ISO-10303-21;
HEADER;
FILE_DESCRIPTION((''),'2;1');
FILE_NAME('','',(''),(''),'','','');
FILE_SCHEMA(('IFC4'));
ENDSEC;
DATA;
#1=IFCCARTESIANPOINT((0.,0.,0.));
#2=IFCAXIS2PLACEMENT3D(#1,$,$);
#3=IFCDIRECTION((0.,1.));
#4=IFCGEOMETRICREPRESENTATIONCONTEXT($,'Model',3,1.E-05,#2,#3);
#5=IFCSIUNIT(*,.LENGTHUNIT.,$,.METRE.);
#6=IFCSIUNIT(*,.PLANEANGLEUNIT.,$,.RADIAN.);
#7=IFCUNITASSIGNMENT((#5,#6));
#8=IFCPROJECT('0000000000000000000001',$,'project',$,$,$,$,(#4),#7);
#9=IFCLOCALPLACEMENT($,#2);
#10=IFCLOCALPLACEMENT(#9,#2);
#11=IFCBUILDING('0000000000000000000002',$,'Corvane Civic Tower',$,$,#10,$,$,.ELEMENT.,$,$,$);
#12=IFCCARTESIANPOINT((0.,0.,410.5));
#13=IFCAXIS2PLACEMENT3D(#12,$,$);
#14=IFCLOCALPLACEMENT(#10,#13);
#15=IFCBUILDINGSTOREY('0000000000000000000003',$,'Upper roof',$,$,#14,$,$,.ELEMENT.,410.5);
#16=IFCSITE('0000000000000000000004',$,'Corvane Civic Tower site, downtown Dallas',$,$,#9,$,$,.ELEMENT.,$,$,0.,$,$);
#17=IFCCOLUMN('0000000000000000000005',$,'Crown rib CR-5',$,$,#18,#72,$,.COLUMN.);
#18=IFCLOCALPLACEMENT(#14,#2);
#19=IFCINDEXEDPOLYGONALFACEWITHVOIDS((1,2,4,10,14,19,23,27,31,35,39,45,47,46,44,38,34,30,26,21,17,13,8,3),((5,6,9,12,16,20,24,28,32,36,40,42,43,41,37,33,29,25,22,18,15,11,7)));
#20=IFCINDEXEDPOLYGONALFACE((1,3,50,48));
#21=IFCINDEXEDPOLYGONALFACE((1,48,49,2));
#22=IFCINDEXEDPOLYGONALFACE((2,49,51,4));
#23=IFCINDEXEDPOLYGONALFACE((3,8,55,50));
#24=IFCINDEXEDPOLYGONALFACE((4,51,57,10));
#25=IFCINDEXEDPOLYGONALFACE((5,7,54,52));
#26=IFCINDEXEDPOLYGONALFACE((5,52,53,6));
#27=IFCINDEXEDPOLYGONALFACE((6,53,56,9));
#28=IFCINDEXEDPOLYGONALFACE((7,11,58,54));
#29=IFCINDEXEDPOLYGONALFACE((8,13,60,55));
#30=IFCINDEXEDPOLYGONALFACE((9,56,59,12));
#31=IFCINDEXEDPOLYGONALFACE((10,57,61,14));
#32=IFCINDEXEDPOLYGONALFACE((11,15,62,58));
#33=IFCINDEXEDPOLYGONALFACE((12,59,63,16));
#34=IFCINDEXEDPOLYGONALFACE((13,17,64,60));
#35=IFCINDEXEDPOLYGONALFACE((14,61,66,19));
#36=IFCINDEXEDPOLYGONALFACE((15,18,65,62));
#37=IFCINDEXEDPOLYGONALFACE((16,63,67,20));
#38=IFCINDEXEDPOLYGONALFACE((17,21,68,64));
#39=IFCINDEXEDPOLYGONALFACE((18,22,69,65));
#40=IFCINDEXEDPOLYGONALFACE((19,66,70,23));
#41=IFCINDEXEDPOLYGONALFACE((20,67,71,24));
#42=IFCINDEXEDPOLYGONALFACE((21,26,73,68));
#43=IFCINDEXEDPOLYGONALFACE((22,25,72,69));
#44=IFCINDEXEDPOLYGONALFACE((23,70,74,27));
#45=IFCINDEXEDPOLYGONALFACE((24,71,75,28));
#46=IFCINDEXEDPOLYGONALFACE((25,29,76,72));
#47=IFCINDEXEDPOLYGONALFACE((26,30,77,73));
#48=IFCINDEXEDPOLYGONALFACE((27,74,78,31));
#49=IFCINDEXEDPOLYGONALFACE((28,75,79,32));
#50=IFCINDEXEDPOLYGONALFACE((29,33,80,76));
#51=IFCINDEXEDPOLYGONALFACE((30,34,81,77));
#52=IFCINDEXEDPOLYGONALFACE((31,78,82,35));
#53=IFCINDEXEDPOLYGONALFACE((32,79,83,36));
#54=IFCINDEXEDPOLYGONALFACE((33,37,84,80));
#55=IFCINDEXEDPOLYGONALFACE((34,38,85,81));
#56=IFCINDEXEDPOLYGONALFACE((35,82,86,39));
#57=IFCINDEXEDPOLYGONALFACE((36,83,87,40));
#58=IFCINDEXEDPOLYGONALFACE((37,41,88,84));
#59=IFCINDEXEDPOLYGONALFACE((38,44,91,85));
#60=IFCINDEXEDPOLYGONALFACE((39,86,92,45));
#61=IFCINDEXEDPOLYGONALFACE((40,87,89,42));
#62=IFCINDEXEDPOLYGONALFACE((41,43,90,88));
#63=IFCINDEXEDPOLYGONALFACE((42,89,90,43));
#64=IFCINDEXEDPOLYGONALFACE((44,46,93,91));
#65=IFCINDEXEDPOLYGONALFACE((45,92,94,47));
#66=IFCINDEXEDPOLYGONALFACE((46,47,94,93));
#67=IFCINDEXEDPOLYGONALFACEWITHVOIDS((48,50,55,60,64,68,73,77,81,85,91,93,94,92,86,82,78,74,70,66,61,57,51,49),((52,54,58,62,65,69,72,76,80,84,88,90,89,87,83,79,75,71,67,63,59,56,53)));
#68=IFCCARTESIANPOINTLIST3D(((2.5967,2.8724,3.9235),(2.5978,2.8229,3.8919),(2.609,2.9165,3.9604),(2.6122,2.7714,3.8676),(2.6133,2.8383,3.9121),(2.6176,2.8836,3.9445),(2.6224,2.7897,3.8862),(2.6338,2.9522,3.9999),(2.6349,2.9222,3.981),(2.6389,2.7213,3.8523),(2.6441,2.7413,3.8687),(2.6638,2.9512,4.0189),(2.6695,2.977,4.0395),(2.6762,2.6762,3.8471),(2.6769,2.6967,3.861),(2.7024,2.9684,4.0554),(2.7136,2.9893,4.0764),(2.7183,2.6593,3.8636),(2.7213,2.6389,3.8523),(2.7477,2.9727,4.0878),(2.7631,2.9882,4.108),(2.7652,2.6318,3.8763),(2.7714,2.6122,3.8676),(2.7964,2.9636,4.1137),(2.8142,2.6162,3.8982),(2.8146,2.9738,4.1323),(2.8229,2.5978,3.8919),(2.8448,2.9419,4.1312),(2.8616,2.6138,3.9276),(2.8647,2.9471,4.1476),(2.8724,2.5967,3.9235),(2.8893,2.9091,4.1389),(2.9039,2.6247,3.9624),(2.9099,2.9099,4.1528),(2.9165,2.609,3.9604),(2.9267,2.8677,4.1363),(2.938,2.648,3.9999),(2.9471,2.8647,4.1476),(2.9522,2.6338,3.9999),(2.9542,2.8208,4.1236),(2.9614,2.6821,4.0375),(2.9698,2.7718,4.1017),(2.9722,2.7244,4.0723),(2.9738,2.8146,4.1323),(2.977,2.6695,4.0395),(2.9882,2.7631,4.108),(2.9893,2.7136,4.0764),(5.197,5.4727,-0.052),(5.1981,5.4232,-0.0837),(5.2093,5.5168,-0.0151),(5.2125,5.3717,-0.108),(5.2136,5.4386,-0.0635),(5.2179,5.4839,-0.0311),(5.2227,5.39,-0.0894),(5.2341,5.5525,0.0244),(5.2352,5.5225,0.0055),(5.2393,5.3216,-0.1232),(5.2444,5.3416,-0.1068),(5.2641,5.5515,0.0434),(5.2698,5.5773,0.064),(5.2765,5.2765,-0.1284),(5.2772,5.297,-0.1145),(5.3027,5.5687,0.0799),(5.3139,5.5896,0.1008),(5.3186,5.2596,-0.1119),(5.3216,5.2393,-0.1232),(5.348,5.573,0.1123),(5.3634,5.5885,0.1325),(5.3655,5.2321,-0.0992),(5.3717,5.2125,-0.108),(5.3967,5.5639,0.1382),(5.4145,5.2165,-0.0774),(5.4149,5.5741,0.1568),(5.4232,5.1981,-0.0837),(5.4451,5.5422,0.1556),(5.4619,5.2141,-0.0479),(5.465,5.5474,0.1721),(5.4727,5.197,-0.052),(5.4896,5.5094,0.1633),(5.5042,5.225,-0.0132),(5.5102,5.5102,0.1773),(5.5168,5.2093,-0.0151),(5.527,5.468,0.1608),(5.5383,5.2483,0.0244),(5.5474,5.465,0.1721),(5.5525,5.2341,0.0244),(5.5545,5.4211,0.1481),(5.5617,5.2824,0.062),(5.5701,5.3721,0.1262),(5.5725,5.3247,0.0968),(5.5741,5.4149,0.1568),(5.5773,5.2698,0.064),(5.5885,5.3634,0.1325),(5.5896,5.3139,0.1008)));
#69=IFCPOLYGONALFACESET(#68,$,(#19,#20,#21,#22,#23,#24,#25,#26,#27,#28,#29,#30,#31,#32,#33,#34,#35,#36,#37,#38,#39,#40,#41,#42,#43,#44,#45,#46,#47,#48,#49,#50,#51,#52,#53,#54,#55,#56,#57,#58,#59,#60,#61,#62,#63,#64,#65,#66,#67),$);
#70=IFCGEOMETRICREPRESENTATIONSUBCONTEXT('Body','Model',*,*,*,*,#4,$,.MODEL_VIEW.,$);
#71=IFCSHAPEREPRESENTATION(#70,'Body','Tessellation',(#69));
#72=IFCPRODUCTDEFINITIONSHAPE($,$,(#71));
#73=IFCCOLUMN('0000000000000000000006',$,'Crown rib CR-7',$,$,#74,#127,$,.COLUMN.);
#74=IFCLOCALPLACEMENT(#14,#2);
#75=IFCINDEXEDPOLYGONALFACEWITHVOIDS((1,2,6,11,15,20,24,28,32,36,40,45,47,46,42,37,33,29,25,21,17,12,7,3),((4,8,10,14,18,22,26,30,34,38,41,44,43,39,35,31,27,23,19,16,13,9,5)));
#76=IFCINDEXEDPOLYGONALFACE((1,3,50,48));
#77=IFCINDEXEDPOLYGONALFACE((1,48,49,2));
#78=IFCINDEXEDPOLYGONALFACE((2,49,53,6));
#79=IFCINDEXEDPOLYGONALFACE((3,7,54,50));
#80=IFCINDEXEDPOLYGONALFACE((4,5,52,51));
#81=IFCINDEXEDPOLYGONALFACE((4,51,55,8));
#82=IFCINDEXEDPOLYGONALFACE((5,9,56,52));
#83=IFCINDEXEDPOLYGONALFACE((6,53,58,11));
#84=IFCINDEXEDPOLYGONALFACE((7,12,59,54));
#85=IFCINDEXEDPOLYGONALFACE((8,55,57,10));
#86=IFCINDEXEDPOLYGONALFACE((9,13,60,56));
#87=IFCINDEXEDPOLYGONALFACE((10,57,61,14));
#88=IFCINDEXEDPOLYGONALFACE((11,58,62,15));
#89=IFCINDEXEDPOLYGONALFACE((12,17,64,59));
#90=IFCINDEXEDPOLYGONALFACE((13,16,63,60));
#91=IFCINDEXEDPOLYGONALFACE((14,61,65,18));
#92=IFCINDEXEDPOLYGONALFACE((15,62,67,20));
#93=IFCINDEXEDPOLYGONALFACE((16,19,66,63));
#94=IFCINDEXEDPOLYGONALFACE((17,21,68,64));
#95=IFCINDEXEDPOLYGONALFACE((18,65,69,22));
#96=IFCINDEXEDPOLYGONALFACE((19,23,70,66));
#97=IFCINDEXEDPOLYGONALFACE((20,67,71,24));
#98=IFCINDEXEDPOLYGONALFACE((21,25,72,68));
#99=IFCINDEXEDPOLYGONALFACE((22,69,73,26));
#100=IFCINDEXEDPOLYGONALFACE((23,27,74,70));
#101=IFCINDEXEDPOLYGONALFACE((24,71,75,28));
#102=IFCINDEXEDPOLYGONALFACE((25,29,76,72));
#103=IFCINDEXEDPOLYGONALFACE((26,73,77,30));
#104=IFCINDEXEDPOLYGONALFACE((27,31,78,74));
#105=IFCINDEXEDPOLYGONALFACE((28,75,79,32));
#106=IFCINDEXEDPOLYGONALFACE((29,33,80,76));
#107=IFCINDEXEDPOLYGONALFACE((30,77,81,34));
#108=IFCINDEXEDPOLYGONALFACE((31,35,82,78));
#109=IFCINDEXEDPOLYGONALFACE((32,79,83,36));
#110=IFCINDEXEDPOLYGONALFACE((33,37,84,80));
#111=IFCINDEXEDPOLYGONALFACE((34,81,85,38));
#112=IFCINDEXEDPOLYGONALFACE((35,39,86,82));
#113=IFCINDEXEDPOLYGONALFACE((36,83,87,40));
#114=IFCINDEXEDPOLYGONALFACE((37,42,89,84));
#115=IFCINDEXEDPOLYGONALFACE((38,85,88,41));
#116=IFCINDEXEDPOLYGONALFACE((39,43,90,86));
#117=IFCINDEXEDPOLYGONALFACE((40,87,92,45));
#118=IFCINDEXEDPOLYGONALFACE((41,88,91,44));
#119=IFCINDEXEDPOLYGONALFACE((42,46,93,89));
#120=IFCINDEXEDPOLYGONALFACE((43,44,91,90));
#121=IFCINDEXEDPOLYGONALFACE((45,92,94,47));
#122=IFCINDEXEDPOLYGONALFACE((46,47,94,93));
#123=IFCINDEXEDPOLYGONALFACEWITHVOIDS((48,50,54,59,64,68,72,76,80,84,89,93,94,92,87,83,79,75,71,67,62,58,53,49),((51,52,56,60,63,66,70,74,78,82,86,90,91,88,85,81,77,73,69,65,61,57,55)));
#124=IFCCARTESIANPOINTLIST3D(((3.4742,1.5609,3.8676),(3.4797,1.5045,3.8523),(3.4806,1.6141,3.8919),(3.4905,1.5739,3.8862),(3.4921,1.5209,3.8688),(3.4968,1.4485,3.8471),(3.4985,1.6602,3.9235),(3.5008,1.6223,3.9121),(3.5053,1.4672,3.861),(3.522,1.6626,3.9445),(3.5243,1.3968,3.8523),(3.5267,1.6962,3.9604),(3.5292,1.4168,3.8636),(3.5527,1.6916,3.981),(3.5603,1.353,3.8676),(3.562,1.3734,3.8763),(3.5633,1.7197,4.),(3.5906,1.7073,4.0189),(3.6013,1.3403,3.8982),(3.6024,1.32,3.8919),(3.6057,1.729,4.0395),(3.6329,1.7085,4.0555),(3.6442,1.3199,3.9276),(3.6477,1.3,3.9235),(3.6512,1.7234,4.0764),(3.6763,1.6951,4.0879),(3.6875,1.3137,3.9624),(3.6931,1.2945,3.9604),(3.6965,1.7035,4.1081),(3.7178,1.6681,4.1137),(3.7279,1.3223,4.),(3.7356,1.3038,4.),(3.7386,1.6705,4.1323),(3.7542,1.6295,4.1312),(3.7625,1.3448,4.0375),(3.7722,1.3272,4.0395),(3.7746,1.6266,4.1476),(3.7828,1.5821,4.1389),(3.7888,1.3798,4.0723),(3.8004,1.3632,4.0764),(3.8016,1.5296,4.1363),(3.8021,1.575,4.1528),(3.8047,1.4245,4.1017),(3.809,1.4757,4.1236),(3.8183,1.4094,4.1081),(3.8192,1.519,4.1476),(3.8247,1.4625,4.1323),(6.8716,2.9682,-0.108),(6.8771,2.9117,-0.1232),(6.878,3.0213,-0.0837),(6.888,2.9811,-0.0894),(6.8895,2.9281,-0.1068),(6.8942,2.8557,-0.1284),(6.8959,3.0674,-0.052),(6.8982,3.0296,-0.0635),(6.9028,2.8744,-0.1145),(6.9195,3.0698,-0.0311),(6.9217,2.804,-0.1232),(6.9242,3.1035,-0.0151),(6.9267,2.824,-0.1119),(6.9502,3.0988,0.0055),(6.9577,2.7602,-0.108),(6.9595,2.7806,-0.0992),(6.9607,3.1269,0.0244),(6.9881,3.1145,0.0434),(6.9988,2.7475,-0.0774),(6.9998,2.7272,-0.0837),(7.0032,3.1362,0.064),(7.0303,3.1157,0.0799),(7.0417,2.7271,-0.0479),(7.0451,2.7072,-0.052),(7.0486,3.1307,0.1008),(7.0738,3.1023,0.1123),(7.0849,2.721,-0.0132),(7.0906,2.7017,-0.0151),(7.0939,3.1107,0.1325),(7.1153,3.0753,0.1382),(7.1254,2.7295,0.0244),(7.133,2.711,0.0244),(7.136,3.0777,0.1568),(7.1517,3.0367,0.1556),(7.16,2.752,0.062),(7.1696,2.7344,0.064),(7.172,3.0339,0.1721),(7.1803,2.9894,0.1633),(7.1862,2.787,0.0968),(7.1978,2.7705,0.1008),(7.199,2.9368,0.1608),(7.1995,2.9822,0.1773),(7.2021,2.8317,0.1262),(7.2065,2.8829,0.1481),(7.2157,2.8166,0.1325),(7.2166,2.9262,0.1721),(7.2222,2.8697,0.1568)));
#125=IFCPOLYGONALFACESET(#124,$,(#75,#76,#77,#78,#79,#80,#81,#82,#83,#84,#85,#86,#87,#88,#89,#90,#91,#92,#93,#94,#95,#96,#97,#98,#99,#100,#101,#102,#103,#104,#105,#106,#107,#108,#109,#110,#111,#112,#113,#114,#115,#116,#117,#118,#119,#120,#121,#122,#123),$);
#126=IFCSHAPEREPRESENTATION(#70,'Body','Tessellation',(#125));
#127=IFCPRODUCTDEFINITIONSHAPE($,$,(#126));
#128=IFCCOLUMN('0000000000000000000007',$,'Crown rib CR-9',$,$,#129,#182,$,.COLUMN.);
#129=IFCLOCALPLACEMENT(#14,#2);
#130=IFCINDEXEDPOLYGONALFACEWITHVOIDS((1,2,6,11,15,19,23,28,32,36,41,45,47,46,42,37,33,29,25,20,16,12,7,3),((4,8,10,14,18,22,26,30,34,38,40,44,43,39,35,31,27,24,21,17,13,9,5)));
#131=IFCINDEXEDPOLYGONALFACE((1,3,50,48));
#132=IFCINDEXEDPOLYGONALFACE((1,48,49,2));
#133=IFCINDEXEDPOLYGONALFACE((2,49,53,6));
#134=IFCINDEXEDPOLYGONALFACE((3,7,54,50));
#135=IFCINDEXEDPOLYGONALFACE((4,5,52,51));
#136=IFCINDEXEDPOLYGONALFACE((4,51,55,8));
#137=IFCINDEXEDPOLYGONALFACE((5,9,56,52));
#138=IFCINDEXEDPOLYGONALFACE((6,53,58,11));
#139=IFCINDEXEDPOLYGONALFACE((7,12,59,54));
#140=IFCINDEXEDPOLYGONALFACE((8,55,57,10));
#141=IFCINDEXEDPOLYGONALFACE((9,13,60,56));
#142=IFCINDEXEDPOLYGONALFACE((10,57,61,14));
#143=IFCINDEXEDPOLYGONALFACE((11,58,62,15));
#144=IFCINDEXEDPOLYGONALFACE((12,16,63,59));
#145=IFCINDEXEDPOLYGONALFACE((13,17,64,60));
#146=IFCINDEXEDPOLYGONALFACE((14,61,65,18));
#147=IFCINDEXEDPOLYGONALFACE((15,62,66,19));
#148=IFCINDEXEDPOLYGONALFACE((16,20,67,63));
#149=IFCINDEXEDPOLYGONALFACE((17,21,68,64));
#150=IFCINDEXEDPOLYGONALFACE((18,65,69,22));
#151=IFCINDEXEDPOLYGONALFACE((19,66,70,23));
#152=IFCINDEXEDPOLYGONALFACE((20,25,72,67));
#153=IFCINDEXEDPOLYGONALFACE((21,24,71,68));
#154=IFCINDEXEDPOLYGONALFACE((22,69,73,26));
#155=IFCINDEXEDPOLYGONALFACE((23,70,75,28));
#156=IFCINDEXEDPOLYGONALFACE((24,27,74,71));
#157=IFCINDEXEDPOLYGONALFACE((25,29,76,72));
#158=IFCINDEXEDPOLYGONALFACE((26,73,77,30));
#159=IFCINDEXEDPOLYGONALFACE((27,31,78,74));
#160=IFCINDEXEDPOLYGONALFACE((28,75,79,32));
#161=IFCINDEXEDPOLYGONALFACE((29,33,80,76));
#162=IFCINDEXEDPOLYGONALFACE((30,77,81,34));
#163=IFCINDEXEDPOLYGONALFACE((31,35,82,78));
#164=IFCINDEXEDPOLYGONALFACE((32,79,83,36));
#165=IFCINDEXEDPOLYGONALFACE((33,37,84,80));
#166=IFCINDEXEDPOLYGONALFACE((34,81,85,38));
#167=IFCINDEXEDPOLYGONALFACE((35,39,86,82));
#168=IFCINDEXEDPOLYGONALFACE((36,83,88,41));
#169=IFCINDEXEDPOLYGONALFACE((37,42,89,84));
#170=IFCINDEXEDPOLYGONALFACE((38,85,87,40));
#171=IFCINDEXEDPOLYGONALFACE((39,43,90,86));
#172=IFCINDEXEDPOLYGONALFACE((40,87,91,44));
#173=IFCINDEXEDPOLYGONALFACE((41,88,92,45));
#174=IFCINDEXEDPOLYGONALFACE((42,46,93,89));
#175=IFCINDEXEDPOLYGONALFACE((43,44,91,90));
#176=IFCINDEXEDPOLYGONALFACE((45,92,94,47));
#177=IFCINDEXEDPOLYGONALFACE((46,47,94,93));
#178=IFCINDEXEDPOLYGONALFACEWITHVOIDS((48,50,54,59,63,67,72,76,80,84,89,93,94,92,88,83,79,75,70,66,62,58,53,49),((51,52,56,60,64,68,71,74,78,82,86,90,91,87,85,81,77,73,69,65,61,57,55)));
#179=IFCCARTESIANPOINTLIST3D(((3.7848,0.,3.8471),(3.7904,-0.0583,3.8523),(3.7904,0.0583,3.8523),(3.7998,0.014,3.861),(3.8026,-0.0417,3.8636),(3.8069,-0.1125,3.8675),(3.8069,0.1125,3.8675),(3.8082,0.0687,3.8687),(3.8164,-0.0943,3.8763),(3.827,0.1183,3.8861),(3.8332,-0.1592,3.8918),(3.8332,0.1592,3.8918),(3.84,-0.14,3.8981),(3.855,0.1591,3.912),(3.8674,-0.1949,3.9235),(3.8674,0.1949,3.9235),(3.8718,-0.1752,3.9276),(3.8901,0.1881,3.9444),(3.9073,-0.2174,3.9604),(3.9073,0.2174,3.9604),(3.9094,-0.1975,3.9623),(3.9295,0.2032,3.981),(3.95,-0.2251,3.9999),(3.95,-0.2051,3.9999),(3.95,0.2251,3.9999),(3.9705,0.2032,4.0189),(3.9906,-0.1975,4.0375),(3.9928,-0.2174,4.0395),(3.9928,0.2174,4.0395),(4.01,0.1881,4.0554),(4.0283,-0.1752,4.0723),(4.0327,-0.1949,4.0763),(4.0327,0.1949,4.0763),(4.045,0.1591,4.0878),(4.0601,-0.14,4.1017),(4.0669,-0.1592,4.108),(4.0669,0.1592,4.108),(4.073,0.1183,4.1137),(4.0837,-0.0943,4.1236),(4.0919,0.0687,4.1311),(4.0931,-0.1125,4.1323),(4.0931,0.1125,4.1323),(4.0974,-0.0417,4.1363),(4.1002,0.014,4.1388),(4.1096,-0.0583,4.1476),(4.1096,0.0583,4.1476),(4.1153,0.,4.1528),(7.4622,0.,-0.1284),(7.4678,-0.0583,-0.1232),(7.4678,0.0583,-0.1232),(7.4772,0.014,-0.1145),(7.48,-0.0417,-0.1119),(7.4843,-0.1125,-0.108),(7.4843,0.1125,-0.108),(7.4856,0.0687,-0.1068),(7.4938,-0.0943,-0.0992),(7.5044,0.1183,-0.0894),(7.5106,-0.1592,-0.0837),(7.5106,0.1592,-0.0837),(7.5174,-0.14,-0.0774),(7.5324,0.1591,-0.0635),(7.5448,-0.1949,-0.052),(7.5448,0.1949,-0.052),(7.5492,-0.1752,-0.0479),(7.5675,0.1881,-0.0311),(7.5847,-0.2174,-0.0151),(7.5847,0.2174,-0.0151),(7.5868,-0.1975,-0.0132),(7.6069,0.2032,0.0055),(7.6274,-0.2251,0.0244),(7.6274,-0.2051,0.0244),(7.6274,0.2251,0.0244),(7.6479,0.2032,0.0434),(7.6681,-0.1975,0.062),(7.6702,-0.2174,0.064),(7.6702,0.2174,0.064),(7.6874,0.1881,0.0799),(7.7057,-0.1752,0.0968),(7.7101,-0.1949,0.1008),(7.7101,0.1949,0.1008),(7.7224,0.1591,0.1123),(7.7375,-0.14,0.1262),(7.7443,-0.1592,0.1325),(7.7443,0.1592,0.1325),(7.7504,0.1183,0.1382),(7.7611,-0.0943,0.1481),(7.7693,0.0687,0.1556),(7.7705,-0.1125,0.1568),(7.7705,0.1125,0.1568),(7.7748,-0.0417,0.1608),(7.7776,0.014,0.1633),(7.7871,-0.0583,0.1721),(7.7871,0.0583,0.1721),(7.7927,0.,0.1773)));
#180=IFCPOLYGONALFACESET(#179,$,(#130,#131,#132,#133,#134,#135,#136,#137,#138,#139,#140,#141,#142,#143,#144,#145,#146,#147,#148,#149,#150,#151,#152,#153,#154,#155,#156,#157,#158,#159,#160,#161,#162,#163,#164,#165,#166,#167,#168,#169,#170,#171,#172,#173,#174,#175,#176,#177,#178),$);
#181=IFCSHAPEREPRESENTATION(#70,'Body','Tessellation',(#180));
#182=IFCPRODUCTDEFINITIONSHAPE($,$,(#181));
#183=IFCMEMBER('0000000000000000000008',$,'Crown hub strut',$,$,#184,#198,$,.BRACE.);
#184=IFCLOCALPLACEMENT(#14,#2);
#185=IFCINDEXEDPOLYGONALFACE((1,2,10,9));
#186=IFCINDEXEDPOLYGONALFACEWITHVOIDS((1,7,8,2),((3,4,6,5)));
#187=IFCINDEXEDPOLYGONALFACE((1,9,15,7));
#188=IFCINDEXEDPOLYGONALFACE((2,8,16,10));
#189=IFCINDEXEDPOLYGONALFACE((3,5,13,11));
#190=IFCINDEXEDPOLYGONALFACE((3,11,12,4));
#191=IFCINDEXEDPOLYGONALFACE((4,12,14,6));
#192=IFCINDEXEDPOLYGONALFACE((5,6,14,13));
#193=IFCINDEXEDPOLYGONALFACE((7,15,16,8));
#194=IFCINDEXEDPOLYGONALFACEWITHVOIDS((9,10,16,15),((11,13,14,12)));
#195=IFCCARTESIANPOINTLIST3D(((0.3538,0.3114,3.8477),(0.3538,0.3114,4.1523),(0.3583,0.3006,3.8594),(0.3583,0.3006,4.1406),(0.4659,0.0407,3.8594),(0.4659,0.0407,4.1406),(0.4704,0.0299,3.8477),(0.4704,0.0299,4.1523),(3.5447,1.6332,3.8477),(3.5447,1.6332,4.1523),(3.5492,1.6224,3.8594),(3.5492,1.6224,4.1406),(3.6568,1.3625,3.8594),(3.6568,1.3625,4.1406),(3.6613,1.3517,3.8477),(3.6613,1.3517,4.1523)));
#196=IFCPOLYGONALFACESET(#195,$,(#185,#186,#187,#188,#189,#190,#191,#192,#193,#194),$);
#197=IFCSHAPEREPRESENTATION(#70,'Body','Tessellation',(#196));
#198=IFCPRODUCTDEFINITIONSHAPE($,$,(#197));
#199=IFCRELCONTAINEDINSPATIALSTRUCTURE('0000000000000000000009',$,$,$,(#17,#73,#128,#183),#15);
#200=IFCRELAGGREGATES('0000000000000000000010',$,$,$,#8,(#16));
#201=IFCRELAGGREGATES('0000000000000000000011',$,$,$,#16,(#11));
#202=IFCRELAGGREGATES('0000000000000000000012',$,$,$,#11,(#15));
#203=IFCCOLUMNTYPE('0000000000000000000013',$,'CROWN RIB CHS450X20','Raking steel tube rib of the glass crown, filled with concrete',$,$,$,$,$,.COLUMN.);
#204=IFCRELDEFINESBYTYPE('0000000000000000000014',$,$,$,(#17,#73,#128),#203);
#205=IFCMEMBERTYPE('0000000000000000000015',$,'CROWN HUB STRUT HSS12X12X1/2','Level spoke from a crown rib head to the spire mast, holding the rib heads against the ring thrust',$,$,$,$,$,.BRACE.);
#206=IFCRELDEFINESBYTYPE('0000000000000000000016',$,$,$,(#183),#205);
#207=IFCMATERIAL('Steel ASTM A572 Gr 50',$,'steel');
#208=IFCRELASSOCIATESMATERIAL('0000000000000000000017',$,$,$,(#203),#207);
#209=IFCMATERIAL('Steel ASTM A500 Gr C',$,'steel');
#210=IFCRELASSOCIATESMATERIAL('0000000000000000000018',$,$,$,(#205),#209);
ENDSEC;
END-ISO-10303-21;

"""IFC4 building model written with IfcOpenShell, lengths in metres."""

from ifc_helpers import new_model, si_unit, direction, frame, origin, origin_2d, place, context, subcontext, project, spatial, hollow_rectangle, hollow_circle, extrude, material, material_profile, profile_set, type_object, element, save


model = new_model("IFC4")

# Units and contexts
model_context = context("Model", 3, precision=1e-05, world=origin(), true_north=direction((0.0, 1.0)))
body_context = subcontext(model_context, "Body", "Model", "MODEL_VIEW")
ifc_project = project(units=[si_unit("LENGTHUNIT", "METRE"), si_unit("PLANEANGLEUNIT", "RADIAN")], contexts=[model_context])

# Site, building, storey
site_placement = place(None, origin())
site = spatial("IfcSite", under=ifc_project, at=site_placement, Name="Corvane Civic Tower site, downtown Dallas", CompositionType="ELEMENT", RefElevation=0.0)
building_placement = place(site_placement, origin())
building = spatial("IfcBuilding", under=site, at=building_placement, Name="Corvane Civic Tower", CompositionType="ELEMENT")
storey_placement = place(building_placement, frame((0.0, 0.0, 410.5)))
storey = spatial("IfcBuildingStorey", under=building, at=storey_placement, Name="Upper roof", CompositionType="ELEMENT", Elevation=410.5)

# Columns
ifc_material_1 = material(Name="Steel ASTM A572 Gr 50", Category="steel")
ifc_material_profile_1 = material_profile(ifc_material_1, hollow_circle(Radius=0.2251, WallThickness=0.02, at=origin_2d()), Name="CHS450X20")
ifc_profile_set_1 = profile_set([ifc_material_profile_1], Name="Steel ASTM A572 Gr 50")
column_type = type_object("IfcColumnType", Name="CROWN RIB CHS450X20", Description="Raking steel tube rib of the glass crown, filled with concrete", PredefinedType="COLUMN", material=ifc_profile_set_1)
for number, where, z_axis, x_axis, name in (
    (1, (5.3933, 5.3933, 0.0244), (-0.480157, -0.480157, 0.734097), (0.707107, -0.707107, 0.0), "Crown rib CR-5"),
    (2, (7.0469, 2.9189, 0.0244), (-0.627352, -0.259849, 0.734104), (0.382672, -0.923884, 0.0), "Crown rib CR-7"),
    (3, (7.6274, 0.0, 0.0244), (-0.679049, 0.0, 0.734093), (0.0, -1.0, 0.0), "Crown rib CR-9"),
):
    element("IfcColumn", number, at=place(storey_placement, frame(where, z_axis=z_axis, x_axis=x_axis)), inside=storey, type_object=column_type, Name=name, PredefinedType="COLUMN", context=body_context, shape_type="SweptSolid", body=[
        extrude(hollow_circle(Radius=0.2251, WallThickness=0.02, at=origin_2d()), origin(), (0.0, 0.0, 1.0), 5.4155),
    ])

# Member
ifc_material_2 = material(Name="Steel ASTM A500 Gr C", Category="steel")
ifc_material_profile_2 = material_profile(ifc_material_2, hollow_rectangle(XDim=0.3047, YDim=0.3047, WallThickness=0.0117, at=origin_2d()), Name="HSS12X12X1/2")
ifc_profile_set_2 = profile_set([ifc_material_profile_2], Name="Steel ASTM A500 Gr C")
member_type_1 = type_object("IfcMemberType", Name="CROWN HUB STRUT HSS12X12X1/2", Description="Level spoke from a crown rib head to the spire mast, holding the rib heads against the ring thrust", PredefinedType="BRACE", material=ifc_profile_set_2)
member_1_placement = place(storey_placement, frame((3.603, 1.4924, 4.0), z_axis=(-0.923874, -0.382697, 0.0), x_axis=(0.382697, -0.923874, 0.0)))
element("IfcMember", 4, at=member_1_placement, inside=storey, type_object=member_type_1, Name="Crown hub strut", PredefinedType="BRACE", context=body_context, shape_type="SweptSolid", body=[
    extrude(hollow_rectangle(XDim=0.3047, YDim=0.3047, WallThickness=0.0117, at=origin_2d()), origin(), (0.0, 0.0, 1.0), 3.4539),
])

save(model, "model.ifc")
